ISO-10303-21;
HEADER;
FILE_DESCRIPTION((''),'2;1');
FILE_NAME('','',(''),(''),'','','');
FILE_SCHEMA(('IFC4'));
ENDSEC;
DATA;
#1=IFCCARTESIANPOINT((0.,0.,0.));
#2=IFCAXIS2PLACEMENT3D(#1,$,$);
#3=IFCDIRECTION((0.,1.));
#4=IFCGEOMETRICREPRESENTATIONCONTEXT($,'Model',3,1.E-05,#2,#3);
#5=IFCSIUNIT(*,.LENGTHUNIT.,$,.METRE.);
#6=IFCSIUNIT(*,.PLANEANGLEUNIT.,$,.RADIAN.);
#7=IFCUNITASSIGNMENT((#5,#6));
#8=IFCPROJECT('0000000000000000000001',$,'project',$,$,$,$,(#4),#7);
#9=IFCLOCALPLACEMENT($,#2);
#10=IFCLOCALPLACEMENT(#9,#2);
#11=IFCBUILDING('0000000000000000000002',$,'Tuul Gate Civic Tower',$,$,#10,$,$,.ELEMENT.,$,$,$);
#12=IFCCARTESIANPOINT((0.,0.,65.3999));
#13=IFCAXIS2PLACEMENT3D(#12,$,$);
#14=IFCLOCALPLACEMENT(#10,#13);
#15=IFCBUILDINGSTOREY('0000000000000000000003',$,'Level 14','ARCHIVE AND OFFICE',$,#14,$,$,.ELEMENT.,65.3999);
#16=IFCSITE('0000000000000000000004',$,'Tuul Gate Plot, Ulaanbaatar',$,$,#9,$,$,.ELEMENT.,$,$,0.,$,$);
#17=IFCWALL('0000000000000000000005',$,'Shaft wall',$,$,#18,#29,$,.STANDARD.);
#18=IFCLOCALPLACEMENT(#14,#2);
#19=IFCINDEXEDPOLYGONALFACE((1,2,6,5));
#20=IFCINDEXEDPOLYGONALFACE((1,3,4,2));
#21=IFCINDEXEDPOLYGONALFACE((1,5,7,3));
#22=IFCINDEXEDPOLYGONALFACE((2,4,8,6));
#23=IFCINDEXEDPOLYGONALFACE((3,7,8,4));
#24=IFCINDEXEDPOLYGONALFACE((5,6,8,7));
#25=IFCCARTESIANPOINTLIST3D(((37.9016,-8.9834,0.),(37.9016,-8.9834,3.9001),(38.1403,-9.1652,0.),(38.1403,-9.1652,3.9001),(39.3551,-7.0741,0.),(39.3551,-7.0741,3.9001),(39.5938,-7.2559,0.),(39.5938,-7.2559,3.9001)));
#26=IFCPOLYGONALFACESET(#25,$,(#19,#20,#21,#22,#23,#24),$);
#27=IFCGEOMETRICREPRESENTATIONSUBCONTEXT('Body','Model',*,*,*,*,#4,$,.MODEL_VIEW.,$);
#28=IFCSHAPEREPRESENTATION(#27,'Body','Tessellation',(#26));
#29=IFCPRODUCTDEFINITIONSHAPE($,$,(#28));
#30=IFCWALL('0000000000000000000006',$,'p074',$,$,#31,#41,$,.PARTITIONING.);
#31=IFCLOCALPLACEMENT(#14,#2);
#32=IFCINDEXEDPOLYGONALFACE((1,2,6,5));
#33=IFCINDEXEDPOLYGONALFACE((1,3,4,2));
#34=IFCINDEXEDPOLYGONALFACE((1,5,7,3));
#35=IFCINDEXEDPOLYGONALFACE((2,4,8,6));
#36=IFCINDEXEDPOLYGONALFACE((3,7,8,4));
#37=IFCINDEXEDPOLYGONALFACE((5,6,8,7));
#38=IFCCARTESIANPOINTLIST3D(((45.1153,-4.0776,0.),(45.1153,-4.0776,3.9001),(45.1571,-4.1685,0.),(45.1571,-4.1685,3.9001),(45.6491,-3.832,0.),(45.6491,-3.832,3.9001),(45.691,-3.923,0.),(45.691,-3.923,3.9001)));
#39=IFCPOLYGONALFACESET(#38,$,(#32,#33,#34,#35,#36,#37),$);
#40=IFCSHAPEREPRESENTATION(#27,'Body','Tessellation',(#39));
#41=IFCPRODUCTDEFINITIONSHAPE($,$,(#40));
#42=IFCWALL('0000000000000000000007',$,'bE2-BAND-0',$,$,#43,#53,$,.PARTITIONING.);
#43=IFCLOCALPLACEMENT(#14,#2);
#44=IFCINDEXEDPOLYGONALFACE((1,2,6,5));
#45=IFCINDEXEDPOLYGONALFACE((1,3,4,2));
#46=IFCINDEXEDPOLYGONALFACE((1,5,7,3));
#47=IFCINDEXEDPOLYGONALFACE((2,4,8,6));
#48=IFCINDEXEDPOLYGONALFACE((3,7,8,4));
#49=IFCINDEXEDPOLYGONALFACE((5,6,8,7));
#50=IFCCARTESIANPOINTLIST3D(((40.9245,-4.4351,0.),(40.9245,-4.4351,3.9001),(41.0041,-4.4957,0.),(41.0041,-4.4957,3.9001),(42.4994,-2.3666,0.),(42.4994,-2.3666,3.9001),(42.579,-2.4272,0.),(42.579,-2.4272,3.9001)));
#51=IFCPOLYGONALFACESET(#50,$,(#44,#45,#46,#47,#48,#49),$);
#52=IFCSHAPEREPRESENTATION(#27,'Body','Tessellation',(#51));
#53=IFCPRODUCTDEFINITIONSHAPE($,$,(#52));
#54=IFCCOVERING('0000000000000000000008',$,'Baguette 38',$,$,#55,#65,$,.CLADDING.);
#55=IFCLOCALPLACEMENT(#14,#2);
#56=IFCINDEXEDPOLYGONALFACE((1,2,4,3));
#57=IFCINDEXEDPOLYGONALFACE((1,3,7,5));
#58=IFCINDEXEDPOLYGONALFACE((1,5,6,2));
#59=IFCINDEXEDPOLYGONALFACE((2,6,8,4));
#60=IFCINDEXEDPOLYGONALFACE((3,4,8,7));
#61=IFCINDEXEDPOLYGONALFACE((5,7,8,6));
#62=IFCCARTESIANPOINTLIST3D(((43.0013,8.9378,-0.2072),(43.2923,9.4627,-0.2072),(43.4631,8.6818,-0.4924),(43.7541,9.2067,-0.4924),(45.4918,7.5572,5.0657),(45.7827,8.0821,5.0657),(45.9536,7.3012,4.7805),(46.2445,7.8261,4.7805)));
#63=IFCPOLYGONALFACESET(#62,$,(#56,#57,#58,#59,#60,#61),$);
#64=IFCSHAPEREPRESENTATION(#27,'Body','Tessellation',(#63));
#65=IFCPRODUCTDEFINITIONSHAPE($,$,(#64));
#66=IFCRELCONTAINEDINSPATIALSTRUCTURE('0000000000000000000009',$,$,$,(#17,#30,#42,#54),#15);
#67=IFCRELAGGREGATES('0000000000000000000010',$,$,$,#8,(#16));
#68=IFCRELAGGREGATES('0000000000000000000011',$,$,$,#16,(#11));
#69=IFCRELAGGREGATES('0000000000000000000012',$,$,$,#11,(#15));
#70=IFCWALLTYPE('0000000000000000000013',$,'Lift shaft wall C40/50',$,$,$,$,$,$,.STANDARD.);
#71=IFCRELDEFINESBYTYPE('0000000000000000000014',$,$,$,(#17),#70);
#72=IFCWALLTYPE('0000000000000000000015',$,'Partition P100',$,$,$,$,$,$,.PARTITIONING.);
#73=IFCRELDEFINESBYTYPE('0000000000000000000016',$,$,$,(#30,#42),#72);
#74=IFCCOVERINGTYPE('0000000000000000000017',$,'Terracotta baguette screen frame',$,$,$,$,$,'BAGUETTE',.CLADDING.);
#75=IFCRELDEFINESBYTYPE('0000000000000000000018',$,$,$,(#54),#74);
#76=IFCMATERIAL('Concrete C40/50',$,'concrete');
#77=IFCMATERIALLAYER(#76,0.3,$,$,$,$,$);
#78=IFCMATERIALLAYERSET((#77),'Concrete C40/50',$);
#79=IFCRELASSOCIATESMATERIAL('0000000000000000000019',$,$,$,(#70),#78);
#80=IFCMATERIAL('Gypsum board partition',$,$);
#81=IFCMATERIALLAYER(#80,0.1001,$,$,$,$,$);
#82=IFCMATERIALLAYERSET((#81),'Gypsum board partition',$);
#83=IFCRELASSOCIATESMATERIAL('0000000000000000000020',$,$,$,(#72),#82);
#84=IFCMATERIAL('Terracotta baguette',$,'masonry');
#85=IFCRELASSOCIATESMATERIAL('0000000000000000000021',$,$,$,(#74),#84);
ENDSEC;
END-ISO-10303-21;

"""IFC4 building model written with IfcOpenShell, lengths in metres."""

from ifc_helpers import new_model, si_unit, direction, frame, frame_2d, origin, origin_2d, place, context, subcontext, project, spatial, rectangle, extrude, material, layer, layer_set, material_profile, profile_set, type_object, element, save


model = new_model("IFC4")

# Units and contexts
model_context = context("Model", 3, precision=1e-05, world=origin(), true_north=direction((0.0, 1.0)))
body_context = subcontext(model_context, "Body", "Model", "MODEL_VIEW")
ifc_project = project(units=[si_unit("LENGTHUNIT", "METRE"), si_unit("PLANEANGLEUNIT", "RADIAN")], contexts=[model_context])

# Site, building, storey
site_placement = place(None, origin())
site = spatial("IfcSite", under=ifc_project, at=site_placement, Name="Tuul Gate Plot, Ulaanbaatar", CompositionType="ELEMENT", RefElevation=0.0)
building_placement = place(site_placement, origin())
building = spatial("IfcBuilding", under=site, at=building_placement, Name="Tuul Gate Civic Tower", CompositionType="ELEMENT")
storey_placement = place(building_placement, frame((0.0, 0.0, 65.3999)))
storey = spatial("IfcBuildingStorey", under=building, at=storey_placement, Name="Level 14", Description="ARCHIVE AND OFFICE", CompositionType="ELEMENT", Elevation=65.3999)

# Shared definitions
ifc_material_1 = material(Name="Concrete C40/50", Category="concrete")
ifc_layer_1 = layer(ifc_material_1, 0.3)
ifc_layer_set_1 = layer_set([ifc_layer_1], Name="Concrete C40/50")
wall_type_1 = type_object("IfcWallType", Name="Lift shaft wall C40/50", PredefinedType="STANDARD", material=ifc_layer_set_1)

# Walls
wall_1_placement = place(storey_placement, frame((38.021, -9.0742, 0.0), z_axis=(0.0, 0.0, 1.0), x_axis=(0.605731, 0.79567, 0.0)))
element("IfcWall", 1, at=wall_1_placement, inside=storey, type_object=wall_type_1, Name="Shaft wall", PredefinedType="STANDARD", context=body_context, shape_type="SweptSolid", body=[
    extrude(rectangle(XDim=2.3997, YDim=0.3, at=frame_2d((1.1997, 0.0))), origin(), (0.0, 0.0, 1.0), 3.9001),
])
ifc_material_2 = material(Name="Gypsum board partition")
ifc_layer_2 = layer(ifc_material_2, 0.1001)
ifc_layer_set_2 = layer_set([ifc_layer_2], Name="Gypsum board partition")
wall_type_2 = type_object("IfcWallType", Name="Partition P100", PredefinedType="PARTITIONING", material=ifc_layer_set_2)
wall_2_placement = place(storey_placement, frame((45.6702, -3.8774, 0.0), z_axis=(0.0, 0.0, 1.0), x_axis=(-0.908494, -0.417899, 0.0)))
element("IfcWall", 2, at=wall_2_placement, inside=storey, type_object=wall_type_2, Name="p074", PredefinedType="PARTITIONING", context=body_context, shape_type="SweptSolid", body=[
    extrude(rectangle(XDim=0.5876, YDim=0.1001, at=frame_2d((0.2939, 0.0))), origin(), (0.0, 0.0, 1.0), 3.9001),
])
wall_3_placement = place(storey_placement, frame((40.9644, -4.4653, 0.0), z_axis=(0.0, 0.0, 1.0), x_axis=(0.605769, 0.795641, 0.0)))
element("IfcWall", 3, at=wall_3_placement, inside=storey, type_object=wall_type_2, Name="bE2-BAND-0", PredefinedType="PARTITIONING", context=body_context, shape_type="SweptSolid", body=[
    extrude(rectangle(XDim=2.5999, YDim=0.1001, at=frame_2d((1.2998, 0.0))), origin(), (0.0, 0.0, 1.0), 3.9001),
])

# Covering
ifc_material_3 = material(Name="Terracotta baguette", Category="masonry")
ifc_material_profile_1 = material_profile(ifc_material_3, rectangle(XDim=0.6001, YDim=0.6001, at=origin_2d()), Name="Terracotta baguette screen frame")
ifc_profile_set_1 = profile_set([ifc_material_profile_1], Name="Terracotta baguette")
covering_type = type_object("IfcCoveringType", Name="Terracotta baguette screen frame", ElementType="BAGUETTE", PredefinedType="CLADDING", material=ifc_profile_set_1)
covering_placement = place(storey_placement, frame((45.8682, 7.6917, 4.9231), z_axis=(-0.415585, 0.230382, -0.879894), x_axis=(-0.484842, -0.874602, 0.0)))
element("IfcCovering", 4, at=covering_placement, inside=storey, type_object=covering_type, Name="Baguette 38", PredefinedType="CLADDING", context=body_context, shape_type="SweptSolid", body=[
    extrude(rectangle(XDim=0.6001, YDim=0.6001, at=origin_2d()), origin(), (0.0, 0.0, 1.0), 5.9927),
])

save(model, "model.ifc")
